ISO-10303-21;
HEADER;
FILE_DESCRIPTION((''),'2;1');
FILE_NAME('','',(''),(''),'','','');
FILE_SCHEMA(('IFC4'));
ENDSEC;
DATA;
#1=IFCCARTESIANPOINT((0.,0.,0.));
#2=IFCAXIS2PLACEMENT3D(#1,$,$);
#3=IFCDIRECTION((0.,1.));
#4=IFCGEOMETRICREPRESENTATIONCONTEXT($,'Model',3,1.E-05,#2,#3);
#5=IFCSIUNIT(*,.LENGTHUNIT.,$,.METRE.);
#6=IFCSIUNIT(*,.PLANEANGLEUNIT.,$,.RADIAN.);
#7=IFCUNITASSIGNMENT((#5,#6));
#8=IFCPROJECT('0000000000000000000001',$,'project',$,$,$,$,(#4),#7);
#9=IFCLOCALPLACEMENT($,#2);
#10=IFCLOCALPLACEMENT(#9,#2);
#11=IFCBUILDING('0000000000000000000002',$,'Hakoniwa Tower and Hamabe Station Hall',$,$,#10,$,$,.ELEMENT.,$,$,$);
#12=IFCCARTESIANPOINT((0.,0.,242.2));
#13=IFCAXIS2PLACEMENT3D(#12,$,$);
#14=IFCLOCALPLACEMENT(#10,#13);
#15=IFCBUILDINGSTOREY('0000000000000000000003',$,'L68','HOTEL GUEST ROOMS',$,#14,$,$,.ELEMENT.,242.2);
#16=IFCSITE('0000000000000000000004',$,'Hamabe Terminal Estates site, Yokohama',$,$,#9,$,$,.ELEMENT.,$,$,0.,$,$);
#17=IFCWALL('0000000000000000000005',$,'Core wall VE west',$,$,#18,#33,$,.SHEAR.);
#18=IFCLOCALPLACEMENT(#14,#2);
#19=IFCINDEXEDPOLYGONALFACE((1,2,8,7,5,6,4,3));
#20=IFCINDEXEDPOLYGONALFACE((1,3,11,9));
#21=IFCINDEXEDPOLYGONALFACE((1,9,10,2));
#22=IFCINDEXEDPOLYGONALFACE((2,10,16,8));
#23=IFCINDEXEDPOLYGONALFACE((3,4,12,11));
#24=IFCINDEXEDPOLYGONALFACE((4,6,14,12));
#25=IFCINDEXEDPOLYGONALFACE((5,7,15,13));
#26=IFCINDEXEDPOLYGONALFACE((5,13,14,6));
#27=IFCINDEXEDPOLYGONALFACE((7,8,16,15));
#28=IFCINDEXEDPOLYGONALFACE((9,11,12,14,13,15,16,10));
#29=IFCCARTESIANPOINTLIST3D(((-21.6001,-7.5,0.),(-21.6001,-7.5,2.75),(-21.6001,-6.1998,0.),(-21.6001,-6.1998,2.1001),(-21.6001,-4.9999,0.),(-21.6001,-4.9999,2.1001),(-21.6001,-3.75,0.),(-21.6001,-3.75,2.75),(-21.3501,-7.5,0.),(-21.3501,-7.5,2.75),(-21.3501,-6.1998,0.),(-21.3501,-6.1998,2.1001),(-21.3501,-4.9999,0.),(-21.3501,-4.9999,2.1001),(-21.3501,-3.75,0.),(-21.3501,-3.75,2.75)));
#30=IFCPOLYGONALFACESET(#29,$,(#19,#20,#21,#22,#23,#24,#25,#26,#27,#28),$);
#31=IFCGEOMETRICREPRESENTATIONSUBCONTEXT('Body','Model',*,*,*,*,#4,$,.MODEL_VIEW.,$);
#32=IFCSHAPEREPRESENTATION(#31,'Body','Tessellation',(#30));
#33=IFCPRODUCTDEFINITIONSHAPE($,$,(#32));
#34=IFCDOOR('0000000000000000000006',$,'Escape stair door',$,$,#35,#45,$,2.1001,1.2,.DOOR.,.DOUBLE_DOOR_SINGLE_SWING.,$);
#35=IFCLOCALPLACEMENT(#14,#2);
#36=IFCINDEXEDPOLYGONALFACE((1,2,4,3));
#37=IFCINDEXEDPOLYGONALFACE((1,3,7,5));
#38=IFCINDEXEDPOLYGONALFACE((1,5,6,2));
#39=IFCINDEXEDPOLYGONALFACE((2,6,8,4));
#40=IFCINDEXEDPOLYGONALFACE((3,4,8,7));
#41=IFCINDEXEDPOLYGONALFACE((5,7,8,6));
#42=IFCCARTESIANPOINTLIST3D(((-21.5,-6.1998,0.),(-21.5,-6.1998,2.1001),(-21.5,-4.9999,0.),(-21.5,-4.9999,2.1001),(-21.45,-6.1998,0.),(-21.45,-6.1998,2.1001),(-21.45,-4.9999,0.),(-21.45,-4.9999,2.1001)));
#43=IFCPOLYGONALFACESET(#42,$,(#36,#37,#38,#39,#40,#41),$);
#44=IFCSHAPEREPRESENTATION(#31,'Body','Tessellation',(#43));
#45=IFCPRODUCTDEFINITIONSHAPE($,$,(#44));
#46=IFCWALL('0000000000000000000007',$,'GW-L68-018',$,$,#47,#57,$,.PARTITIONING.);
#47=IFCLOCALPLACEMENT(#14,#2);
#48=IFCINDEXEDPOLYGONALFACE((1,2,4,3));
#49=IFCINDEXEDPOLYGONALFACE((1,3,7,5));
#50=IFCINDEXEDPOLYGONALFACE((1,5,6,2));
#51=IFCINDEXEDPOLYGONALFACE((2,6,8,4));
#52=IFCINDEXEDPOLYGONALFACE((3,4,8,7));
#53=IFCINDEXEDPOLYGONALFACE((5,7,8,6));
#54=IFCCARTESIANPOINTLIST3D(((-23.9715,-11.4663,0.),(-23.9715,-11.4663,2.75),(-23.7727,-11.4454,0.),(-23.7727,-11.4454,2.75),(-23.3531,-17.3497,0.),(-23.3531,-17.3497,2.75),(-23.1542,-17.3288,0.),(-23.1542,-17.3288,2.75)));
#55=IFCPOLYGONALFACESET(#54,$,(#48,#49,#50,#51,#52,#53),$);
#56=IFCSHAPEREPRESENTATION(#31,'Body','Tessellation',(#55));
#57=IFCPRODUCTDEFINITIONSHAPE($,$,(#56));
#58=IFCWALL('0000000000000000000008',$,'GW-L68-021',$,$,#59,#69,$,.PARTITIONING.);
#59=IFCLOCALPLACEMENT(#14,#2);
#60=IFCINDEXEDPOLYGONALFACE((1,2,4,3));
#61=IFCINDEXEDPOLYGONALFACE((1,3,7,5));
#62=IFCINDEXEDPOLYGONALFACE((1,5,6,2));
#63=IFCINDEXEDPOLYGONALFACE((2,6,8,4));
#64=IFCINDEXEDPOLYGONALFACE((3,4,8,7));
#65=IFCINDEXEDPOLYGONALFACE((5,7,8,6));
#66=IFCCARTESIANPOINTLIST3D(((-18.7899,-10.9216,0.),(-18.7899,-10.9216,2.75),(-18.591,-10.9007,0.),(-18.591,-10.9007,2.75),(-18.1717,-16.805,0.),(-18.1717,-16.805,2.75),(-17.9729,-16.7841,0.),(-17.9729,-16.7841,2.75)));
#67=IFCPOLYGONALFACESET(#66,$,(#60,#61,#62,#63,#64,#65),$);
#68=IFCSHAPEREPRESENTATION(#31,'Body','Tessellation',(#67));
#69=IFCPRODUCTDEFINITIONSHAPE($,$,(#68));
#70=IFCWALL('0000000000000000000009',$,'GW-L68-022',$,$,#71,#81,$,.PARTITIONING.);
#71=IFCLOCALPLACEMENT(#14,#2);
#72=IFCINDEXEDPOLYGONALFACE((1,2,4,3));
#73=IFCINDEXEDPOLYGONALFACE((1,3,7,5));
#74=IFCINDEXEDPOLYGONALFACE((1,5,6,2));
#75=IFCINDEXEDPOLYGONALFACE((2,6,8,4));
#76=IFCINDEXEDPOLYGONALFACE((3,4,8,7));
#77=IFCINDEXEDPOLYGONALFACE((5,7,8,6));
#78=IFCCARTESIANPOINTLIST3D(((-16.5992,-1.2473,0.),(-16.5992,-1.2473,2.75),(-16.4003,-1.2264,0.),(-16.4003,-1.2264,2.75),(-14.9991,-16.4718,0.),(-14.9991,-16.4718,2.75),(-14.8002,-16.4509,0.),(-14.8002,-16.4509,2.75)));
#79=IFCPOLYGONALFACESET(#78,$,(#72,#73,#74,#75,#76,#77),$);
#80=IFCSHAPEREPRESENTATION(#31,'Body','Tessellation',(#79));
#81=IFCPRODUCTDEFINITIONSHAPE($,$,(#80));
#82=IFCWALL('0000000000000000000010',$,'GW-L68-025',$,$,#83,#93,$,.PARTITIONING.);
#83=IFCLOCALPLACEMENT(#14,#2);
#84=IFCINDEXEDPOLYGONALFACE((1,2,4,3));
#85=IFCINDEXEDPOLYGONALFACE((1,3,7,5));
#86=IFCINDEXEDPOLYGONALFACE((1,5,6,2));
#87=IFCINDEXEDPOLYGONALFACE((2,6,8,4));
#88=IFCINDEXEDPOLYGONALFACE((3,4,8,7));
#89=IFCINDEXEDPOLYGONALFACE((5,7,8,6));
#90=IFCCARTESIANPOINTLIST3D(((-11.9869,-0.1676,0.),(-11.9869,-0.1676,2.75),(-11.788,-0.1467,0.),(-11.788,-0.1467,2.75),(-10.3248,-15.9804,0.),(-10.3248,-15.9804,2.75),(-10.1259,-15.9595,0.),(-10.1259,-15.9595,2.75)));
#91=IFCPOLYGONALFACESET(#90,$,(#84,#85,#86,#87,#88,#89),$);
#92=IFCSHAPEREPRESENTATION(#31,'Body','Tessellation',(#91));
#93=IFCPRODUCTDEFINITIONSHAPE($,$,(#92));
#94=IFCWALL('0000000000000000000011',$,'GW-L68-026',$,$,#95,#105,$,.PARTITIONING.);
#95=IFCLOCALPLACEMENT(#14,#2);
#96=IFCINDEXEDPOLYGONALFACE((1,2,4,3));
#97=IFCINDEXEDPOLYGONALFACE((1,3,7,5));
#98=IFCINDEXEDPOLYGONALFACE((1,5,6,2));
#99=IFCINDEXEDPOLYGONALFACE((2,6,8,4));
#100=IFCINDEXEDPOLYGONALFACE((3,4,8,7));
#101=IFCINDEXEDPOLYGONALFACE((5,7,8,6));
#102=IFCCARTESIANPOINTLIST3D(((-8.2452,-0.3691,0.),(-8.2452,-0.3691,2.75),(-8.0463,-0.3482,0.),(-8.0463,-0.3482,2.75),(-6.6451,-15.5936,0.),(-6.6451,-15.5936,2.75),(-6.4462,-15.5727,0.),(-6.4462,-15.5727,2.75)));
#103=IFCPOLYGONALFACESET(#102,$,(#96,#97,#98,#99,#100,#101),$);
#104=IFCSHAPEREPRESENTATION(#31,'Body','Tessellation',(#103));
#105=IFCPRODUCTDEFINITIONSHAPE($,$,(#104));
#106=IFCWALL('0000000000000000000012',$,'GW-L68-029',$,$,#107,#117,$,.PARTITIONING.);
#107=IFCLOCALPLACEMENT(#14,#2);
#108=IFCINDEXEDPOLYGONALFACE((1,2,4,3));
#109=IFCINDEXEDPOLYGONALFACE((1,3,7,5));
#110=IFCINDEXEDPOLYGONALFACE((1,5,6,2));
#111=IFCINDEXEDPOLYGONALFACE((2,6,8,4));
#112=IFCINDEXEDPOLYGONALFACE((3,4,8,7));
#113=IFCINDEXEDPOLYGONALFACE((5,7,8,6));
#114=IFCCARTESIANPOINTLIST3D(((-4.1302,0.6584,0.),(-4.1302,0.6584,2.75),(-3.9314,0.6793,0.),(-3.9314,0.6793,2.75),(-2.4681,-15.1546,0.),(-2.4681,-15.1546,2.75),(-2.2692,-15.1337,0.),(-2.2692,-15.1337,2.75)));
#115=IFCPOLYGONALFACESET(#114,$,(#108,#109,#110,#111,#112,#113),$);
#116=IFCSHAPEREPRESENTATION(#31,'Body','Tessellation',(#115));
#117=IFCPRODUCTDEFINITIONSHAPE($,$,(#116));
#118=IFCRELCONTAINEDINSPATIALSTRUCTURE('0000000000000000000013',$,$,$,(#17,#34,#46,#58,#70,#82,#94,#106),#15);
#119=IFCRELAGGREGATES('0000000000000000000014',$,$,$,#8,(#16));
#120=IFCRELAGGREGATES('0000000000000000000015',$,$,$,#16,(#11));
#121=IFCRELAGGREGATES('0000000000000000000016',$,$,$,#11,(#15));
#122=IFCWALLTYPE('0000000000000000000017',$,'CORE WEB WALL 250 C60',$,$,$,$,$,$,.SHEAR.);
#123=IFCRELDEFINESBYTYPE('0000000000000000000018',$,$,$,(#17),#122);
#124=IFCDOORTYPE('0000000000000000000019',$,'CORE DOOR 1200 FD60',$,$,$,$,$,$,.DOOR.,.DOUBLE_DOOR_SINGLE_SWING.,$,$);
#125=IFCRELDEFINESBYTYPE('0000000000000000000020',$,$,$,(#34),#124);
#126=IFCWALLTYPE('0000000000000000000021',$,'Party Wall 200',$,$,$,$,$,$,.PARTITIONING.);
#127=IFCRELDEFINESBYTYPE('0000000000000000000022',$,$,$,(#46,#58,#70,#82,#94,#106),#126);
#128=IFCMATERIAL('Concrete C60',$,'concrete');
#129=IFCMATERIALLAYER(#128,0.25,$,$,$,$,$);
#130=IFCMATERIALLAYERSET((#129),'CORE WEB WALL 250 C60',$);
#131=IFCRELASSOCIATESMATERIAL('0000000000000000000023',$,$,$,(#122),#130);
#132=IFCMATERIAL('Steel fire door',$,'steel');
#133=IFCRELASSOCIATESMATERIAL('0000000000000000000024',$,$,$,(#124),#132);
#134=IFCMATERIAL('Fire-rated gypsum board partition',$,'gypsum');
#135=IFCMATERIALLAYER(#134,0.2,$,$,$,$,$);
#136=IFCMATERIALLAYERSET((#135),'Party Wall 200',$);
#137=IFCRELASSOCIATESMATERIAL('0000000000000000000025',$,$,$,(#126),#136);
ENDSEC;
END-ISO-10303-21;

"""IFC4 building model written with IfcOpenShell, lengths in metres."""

from ifc_helpers import new_model, si_unit, direction, frame, frame_2d, origin, place, context, subcontext, project, spatial, rectangle, extrude, material, layer, layer_set, type_object, element, fill, save


model = new_model("IFC4")

# Units and contexts
model_context = context("Model", 3, precision=1e-05, world=origin(), true_north=direction((0.0, 1.0)))
body_context = subcontext(model_context, "Body", "Model", "MODEL_VIEW")
ifc_project = project(units=[si_unit("LENGTHUNIT", "METRE"), si_unit("PLANEANGLEUNIT", "RADIAN")], contexts=[model_context])

# Site, building, storey
site_placement = place(None, origin())
site = spatial("IfcSite", under=ifc_project, at=site_placement, Name="Hamabe Terminal Estates site, Yokohama", CompositionType="ELEMENT", RefElevation=0.0)
building_placement = place(site_placement, origin())
building = spatial("IfcBuilding", under=site, at=building_placement, Name="Hakoniwa Tower and Hamabe Station Hall", CompositionType="ELEMENT")
storey_placement = place(building_placement, frame((0.0, 0.0, 242.2)))
storey = spatial("IfcBuildingStorey", under=building, at=storey_placement, Name="L68", Description="HOTEL GUEST ROOMS", CompositionType="ELEMENT", Elevation=242.2)

# Wall, opening, door
ifc_material_1 = material(Name="Concrete C60", Category="concrete")
ifc_layer_1 = layer(ifc_material_1, 0.25)
ifc_layer_set_1 = layer_set([ifc_layer_1], Name="CORE WEB WALL 250 C60")
wall_type_1 = type_object("IfcWallType", Name="CORE WEB WALL 250 C60", PredefinedType="SHEAR", material=ifc_layer_set_1)
wall_1_placement = place(storey_placement, frame((-21.4751, -7.5, 0.0), z_axis=(0.0, 0.0, 1.0), x_axis=(0.0, 1.0, 0.0)))
wall_1 = element("IfcWall", 1, at=wall_1_placement, inside=storey, type_object=wall_type_1, Name="Core wall VE west", PredefinedType="SHEAR", context=body_context, shape_type="SweptSolid", body=[
    extrude(rectangle(XDim=3.75, YDim=0.25, at=frame_2d((1.875, 0.0))), origin(), (0.0, 0.0, 1.0), 2.75),
])
opening_1_placement = place(wall_1_placement, frame((1.3, 0.0, 0.0)))
opening_1 = element("IfcOpeningElement", 2, at=opening_1_placement, cuts=wall_1, PredefinedType="OPENING", context=body_context, shape_type="SweptSolid", body=[
    extrude(rectangle(XDim=1.2, YDim=2.1001, at=frame_2d((0.6001, 1.05))), frame((0.0, 0.135, 0.0), z_axis=(0.0, -1.0, 0.0), x_axis=(1.0, 0.0, 0.0)), (0.0, 0.0, 1.0), 0.27),
])
ifc_material_2 = material(Name="Steel fire door", Category="steel")
door_type_1 = type_object("IfcDoorType", Name="CORE DOOR 1200 FD60", OperationType="DOUBLE_DOOR_SINGLE_SWING", PredefinedType="DOOR", material=ifc_material_2)
door_1_placement = place(opening_1_placement, origin())
door_1 = element("IfcDoor", 3, at=door_1_placement, inside=storey, type_object=door_type_1, Name="Escape stair door", OperationType="DOUBLE_DOOR_SINGLE_SWING", OverallHeight=2.1001, OverallWidth=1.2, PredefinedType="DOOR", context=body_context, shape_type="SweptSolid", body=[
    extrude(rectangle(XDim=1.2, YDim=2.1001, at=frame_2d((0.6001, 1.05))), frame((0.0, 0.0249, 0.0), z_axis=(0.0, -1.0, 0.0), x_axis=(1.0, 0.0, 0.0)), (0.0, 0.0, 1.0), 0.05),
])
fill(opening_1, door_1)

# Walls
ifc_material_3 = material(Name="Fire-rated gypsum board partition", Category="gypsum")
ifc_layer_2 = layer(ifc_material_3, 0.2)
ifc_layer_set_2 = layer_set([ifc_layer_2], Name="Party Wall 200")
wall_type_2 = type_object("IfcWallType", Name="Party Wall 200", PredefinedType="PARTITIONING", material=ifc_layer_set_2)
for number, where, z_axis, x_axis, name in (
    (4, (-23.2537, -17.3394, 0.0), (0.0, 0.0, 1.0), (-0.104537, 0.994521, 0.0), "GW-L68-018"),
    (5, (-18.0723, -16.7947, 0.0), (0.0, 0.0, 1.0), (-0.104496, 0.994525, 0.0), "GW-L68-021"),
):
    element("IfcWall", number, at=place(storey_placement, frame(where, z_axis=z_axis, x_axis=x_axis)), inside=storey, type_object=wall_type_2, Name=name, PredefinedType="PARTITIONING", context=body_context, shape_type="SweptSolid", body=[
        extrude(rectangle(XDim=5.9158, YDim=0.2, at=frame_2d((2.958, 0.0))), origin(), (0.0, 0.0, 1.0), 2.75),
    ])
wall_2_placement = place(storey_placement, frame((-14.8997, -16.4614, 0.0), z_axis=(0.0, 0.0, 1.0), x_axis=(-0.104524, 0.994522, 0.0)))
element("IfcWall", 6, at=wall_2_placement, inside=storey, type_object=wall_type_2, Name="GW-L68-022", PredefinedType="PARTITIONING", context=body_context, shape_type="SweptSolid", body=[
    extrude(rectangle(XDim=15.3083, YDim=0.2, at=frame_2d((7.6543, 0.0))), origin(), (0.0, 0.0, 1.0), 2.75),
])
wall_3_placement = place(storey_placement, frame((-10.2253, -15.97, 0.0), z_axis=(0.0, 0.0, 1.0), x_axis=(-0.104536, 0.994521, 0.0)))
element("IfcWall", 7, at=wall_3_placement, inside=storey, type_object=wall_type_2, Name="GW-L68-025", PredefinedType="PARTITIONING", context=body_context, shape_type="SweptSolid", body=[
    extrude(rectangle(XDim=15.8999, YDim=0.2, at=frame_2d((7.95, 0.0))), origin(), (0.0, 0.0, 1.0), 2.75),
])
wall_4_placement = place(storey_placement, frame((-6.5457, -15.5833, 0.0), z_axis=(0.0, 0.0, 1.0), x_axis=(-0.104524, 0.994522, 0.0)))
element("IfcWall", 8, at=wall_4_placement, inside=storey, type_object=wall_type_2, Name="GW-L68-026", PredefinedType="PARTITIONING", context=body_context, shape_type="SweptSolid", body=[
    extrude(rectangle(XDim=15.3083, YDim=0.2, at=frame_2d((7.6543, 0.0))), origin(), (0.0, 0.0, 1.0), 2.75),
])
wall_5_placement = place(storey_placement, frame((-2.3687, -15.1443, 0.0), z_axis=(0.0, 0.0, 1.0), x_axis=(-0.104535, 0.994521, 0.0)))
element("IfcWall", 9, at=wall_5_placement, inside=storey, type_object=wall_type_2, Name="GW-L68-029", PredefinedType="PARTITIONING", context=body_context, shape_type="SweptSolid", body=[
    extrude(rectangle(XDim=15.9001, YDim=0.2, at=frame_2d((7.9502, 0.0))), origin(), (0.0, 0.0, 1.0), 2.75),
])

save(model, "model.ifc")
